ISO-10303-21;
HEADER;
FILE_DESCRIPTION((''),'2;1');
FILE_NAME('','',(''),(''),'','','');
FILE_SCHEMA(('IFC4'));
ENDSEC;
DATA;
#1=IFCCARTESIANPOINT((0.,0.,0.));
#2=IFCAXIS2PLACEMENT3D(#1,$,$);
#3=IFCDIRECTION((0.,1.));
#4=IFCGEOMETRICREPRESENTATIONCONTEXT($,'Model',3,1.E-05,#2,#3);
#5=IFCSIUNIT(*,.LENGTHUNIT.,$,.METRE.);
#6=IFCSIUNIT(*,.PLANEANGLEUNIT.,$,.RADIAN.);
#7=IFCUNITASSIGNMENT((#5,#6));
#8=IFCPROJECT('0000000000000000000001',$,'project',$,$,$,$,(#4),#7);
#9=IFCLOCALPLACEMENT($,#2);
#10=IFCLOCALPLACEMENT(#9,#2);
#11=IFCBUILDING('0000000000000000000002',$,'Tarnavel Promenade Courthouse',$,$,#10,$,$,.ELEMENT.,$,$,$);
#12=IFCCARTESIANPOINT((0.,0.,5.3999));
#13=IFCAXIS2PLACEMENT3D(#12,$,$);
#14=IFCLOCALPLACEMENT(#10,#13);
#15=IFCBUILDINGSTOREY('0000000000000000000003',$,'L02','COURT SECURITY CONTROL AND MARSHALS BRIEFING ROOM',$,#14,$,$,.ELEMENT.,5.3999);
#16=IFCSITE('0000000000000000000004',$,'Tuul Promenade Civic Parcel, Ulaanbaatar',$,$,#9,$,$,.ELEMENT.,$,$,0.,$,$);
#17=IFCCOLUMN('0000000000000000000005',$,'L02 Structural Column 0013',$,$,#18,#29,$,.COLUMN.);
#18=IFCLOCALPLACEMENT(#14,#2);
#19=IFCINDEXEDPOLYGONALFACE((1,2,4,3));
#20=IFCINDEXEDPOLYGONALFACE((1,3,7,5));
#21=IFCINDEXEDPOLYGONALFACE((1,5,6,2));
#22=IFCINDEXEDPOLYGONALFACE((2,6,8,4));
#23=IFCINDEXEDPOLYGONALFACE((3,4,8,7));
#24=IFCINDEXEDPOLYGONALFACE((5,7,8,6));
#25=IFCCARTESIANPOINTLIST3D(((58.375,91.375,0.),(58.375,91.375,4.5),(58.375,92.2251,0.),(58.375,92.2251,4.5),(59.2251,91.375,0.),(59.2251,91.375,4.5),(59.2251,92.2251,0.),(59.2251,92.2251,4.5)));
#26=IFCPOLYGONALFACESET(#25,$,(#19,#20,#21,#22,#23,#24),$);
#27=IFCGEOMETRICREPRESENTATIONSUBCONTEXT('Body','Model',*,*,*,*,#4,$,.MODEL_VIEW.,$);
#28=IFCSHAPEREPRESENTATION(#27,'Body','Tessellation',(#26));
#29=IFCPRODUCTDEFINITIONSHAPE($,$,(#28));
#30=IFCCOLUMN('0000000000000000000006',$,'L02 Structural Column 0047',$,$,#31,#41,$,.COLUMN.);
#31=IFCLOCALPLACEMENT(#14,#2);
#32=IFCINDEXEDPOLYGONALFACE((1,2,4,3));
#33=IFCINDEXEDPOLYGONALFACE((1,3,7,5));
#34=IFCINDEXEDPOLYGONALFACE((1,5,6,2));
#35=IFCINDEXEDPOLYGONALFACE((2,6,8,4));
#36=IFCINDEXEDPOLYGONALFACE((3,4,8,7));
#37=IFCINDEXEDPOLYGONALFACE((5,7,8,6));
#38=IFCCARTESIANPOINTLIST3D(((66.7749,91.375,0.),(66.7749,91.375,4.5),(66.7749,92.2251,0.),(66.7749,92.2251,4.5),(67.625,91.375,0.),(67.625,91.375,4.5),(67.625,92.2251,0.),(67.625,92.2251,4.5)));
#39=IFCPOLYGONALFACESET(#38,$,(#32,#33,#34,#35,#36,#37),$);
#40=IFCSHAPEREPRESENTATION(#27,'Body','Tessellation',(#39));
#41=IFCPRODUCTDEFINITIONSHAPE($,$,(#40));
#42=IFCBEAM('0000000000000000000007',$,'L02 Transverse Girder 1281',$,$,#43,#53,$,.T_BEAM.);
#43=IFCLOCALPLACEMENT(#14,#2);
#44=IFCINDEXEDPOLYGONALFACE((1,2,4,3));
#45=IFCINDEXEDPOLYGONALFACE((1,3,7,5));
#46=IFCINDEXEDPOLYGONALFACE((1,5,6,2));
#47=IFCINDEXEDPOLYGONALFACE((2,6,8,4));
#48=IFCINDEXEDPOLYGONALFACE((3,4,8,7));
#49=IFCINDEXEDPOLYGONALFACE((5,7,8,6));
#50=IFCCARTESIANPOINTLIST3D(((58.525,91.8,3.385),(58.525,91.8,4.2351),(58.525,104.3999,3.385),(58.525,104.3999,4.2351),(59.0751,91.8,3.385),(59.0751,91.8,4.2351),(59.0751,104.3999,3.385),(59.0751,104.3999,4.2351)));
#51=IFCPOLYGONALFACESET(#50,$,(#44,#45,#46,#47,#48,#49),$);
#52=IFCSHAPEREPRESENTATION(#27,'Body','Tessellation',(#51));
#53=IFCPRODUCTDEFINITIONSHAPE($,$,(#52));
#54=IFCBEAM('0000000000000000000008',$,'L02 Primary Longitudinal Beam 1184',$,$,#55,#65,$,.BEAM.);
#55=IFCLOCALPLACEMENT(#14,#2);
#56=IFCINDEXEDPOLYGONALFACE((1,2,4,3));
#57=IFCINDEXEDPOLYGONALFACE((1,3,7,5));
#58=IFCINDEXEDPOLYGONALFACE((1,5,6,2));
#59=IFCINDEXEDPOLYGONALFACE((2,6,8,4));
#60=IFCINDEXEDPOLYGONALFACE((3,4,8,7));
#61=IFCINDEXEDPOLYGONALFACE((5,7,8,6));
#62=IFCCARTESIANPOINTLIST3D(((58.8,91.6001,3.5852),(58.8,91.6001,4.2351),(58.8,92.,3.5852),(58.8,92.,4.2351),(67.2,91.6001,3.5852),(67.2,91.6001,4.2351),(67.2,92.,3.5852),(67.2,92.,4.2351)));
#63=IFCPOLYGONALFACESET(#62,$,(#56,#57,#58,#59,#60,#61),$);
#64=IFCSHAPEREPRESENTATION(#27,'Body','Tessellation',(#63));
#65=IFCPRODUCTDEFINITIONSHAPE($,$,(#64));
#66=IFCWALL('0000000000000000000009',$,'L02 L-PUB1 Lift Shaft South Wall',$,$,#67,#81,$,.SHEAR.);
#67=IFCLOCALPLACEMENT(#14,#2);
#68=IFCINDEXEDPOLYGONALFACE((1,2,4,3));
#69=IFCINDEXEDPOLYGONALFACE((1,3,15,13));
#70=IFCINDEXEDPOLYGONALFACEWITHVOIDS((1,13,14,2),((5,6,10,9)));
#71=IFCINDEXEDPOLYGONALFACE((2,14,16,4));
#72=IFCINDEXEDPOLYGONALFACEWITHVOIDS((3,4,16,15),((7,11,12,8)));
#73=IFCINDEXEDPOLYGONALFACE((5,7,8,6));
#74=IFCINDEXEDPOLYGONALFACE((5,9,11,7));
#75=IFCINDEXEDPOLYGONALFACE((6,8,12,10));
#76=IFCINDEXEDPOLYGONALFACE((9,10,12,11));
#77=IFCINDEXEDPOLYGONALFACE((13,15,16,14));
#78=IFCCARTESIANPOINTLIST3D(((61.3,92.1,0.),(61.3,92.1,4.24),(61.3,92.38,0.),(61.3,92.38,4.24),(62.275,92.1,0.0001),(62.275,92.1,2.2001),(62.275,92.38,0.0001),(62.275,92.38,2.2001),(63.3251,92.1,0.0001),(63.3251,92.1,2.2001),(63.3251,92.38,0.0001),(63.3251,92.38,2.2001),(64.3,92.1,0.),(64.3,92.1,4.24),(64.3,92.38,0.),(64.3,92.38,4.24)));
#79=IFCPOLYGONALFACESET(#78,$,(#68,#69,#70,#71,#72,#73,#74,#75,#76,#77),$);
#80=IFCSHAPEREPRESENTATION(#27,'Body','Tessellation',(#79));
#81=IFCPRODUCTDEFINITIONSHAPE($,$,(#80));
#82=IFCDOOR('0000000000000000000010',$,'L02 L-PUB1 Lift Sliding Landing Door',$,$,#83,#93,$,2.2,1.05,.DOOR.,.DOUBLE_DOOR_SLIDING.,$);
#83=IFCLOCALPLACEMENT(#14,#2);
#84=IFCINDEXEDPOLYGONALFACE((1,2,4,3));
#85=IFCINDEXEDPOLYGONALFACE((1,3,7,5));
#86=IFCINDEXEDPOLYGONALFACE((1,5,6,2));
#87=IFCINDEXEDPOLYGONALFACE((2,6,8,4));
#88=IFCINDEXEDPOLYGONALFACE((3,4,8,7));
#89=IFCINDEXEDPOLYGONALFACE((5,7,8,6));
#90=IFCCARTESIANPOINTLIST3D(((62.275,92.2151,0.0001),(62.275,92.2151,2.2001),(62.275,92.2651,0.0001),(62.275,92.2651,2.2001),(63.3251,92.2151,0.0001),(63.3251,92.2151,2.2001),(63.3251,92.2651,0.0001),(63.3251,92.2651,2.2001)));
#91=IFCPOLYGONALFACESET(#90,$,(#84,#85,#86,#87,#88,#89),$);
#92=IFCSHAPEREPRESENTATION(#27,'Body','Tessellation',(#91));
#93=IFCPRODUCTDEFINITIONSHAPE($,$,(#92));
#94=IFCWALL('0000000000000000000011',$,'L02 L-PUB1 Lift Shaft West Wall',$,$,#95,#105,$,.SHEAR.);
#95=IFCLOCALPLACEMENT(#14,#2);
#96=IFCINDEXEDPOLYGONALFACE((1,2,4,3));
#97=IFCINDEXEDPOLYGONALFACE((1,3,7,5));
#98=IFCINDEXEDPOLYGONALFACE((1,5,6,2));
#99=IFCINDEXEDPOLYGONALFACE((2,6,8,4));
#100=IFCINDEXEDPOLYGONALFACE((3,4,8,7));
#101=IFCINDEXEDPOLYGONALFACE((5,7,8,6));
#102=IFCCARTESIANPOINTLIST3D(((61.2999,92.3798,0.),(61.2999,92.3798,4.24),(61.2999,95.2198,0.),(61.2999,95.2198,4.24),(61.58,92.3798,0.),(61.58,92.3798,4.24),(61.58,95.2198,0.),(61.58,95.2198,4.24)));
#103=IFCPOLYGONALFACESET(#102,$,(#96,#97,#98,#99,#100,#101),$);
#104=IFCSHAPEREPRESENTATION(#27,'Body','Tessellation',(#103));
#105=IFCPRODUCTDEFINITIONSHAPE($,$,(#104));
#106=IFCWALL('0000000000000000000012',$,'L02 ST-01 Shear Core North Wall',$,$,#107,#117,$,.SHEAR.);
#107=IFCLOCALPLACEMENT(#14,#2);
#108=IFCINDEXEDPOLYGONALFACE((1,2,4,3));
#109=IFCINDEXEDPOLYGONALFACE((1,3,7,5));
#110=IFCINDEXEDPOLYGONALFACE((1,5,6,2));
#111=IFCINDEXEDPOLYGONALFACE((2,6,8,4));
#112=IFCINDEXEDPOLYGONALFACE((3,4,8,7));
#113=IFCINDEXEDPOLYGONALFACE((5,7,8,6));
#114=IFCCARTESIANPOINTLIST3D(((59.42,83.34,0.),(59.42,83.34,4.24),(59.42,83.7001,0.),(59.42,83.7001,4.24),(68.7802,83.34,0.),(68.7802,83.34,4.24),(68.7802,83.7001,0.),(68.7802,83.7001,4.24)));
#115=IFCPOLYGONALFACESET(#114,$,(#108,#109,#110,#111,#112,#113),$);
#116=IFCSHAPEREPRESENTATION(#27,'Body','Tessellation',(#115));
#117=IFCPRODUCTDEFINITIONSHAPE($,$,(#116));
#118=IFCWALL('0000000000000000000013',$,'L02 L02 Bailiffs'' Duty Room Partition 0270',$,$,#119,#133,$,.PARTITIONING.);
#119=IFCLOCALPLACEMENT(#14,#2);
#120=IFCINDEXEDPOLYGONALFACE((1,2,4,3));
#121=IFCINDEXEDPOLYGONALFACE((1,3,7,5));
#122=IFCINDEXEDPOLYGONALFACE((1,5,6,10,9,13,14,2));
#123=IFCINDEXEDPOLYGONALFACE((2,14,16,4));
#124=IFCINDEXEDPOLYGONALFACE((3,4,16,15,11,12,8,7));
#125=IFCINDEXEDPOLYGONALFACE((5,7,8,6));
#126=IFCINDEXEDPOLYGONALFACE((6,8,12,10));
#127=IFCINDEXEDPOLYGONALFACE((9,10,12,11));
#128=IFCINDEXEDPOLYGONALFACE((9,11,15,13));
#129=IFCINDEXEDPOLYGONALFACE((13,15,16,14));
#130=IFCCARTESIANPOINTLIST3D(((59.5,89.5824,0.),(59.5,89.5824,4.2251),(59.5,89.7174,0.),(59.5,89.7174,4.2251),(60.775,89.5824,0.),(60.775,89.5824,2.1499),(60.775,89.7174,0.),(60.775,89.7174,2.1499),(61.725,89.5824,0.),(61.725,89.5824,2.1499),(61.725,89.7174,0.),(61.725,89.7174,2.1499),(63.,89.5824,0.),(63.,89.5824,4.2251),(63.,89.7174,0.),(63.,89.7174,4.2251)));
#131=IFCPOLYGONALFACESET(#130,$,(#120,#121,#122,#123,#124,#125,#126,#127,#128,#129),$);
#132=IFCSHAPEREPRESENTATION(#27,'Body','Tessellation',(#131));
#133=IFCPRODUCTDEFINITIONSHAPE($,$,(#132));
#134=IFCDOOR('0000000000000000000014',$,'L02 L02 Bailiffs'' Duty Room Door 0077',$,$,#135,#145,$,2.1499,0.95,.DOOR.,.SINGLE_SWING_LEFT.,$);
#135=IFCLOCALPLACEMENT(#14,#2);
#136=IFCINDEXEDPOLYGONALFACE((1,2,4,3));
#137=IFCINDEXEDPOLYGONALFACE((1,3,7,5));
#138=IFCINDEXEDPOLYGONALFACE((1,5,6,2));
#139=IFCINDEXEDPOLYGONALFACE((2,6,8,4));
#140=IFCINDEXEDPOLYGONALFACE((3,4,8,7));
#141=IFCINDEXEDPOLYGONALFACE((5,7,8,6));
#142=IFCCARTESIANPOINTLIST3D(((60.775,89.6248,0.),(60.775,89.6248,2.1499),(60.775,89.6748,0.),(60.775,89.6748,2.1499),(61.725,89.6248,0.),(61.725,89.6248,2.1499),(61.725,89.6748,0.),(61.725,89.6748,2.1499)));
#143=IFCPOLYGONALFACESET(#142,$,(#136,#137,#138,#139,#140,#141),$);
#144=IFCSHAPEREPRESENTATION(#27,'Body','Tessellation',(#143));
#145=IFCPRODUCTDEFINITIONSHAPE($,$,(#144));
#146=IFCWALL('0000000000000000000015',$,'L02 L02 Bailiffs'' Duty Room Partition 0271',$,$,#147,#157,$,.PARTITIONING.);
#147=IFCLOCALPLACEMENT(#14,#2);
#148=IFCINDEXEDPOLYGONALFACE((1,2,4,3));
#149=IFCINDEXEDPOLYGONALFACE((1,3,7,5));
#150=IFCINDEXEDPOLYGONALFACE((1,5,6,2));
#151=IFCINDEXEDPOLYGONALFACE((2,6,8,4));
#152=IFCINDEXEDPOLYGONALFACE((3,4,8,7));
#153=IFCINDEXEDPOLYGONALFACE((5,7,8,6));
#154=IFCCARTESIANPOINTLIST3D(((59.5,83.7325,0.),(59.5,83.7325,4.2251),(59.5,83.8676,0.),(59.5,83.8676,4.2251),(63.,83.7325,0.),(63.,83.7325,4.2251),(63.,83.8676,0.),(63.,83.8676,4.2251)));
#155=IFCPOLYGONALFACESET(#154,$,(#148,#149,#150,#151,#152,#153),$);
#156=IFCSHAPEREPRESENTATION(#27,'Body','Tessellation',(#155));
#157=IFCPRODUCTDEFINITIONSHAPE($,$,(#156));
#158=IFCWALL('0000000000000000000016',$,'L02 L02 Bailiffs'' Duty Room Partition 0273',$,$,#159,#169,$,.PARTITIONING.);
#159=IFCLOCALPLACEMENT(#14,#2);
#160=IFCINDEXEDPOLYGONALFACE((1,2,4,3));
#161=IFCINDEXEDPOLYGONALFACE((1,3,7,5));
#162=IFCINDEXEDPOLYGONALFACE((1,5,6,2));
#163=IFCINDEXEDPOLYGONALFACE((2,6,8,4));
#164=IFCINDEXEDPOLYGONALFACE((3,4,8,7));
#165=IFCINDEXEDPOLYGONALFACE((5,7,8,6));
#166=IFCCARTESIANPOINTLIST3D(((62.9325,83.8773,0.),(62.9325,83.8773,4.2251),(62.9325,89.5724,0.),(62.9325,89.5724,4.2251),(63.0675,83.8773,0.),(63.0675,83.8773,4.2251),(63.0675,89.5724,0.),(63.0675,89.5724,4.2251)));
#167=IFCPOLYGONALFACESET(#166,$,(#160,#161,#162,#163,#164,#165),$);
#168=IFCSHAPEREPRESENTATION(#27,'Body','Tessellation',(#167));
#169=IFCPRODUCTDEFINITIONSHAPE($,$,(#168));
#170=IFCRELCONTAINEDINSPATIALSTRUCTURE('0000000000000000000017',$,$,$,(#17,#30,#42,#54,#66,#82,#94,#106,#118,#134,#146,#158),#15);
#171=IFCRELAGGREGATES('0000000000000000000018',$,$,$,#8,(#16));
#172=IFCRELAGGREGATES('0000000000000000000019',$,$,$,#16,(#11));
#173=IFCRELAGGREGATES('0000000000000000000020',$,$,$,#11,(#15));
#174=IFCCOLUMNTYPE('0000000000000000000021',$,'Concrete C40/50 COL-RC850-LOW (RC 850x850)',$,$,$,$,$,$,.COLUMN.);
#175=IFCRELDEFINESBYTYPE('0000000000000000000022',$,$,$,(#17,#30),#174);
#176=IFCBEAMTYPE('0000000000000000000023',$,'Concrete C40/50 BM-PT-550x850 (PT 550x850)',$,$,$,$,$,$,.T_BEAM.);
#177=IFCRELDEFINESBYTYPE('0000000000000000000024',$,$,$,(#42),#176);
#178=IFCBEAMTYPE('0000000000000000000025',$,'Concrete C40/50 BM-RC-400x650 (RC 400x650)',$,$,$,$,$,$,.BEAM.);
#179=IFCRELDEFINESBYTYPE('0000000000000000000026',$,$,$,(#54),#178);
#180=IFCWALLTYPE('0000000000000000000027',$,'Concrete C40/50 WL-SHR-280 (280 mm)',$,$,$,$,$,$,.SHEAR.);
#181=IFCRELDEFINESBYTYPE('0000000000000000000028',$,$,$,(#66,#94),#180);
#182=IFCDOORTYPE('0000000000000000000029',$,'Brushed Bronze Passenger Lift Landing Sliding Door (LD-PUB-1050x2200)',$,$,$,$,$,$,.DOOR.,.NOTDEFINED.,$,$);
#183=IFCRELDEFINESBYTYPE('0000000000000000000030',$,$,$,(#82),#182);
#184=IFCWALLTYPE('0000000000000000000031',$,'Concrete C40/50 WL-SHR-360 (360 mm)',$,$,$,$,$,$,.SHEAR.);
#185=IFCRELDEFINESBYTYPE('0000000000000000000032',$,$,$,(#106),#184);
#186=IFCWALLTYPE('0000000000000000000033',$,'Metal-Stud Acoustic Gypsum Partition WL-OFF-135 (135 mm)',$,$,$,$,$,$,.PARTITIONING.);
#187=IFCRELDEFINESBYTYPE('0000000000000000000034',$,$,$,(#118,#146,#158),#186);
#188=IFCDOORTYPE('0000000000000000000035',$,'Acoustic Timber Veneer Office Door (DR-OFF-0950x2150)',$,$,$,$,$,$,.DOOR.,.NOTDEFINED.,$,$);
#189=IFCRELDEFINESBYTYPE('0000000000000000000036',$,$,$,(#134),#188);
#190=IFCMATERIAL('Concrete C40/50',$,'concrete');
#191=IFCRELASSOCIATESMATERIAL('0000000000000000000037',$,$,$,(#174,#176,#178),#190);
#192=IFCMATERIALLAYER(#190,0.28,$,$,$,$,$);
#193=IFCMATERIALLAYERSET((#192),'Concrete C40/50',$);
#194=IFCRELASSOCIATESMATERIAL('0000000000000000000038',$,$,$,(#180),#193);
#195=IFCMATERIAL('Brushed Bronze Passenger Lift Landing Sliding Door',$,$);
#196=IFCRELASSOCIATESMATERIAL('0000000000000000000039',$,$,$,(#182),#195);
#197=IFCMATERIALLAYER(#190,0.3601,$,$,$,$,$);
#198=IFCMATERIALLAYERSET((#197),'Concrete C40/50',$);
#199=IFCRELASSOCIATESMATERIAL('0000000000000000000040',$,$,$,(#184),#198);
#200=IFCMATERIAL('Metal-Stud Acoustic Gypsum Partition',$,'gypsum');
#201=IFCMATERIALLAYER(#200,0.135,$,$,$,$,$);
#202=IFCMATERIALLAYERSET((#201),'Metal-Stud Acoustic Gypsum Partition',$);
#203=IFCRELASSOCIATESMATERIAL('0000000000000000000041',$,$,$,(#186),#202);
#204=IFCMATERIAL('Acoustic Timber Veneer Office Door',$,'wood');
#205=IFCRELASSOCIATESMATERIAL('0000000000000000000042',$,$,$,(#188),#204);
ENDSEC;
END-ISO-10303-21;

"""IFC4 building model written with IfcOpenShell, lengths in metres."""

from ifc_helpers import new_model, si_unit, direction, frame, frame_2d, origin, origin_2d, place, context, subcontext, project, spatial, rectangle, extrude, material, layer, layer_set, material_profile, profile_set, type_object, element, fill, save


model = new_model("IFC4")

# Units and contexts
model_context = context("Model", 3, precision=1e-05, world=origin(), true_north=direction((0.0, 1.0)))
body_context = subcontext(model_context, "Body", "Model", "MODEL_VIEW")
ifc_project = project(units=[si_unit("LENGTHUNIT", "METRE"), si_unit("PLANEANGLEUNIT", "RADIAN")], contexts=[model_context])

# Site, building, storey
site_placement = place(None, origin())
site = spatial("IfcSite", under=ifc_project, at=site_placement, Name="Tuul Promenade Civic Parcel, Ulaanbaatar", CompositionType="ELEMENT", RefElevation=0.0)
building_placement = place(site_placement, origin())
building = spatial("IfcBuilding", under=site, at=building_placement, Name="Tarnavel Promenade Courthouse", CompositionType="ELEMENT")
storey_placement = place(building_placement, frame((0.0, 0.0, 5.3999)))
storey = spatial("IfcBuildingStorey", under=building, at=storey_placement, Name="L02", Description="COURT SECURITY CONTROL AND MARSHALS BRIEFING ROOM", CompositionType="ELEMENT", Elevation=5.3999)

# Columns
ifc_material_1 = material(Name="Concrete C40/50", Category="concrete")
ifc_material_profile_1 = material_profile(ifc_material_1, rectangle(XDim=0.8501, YDim=0.8501, at=origin_2d()), Name="RC 850x850")
ifc_profile_set_1 = profile_set([ifc_material_profile_1], Name="Concrete C40/50")
column_type = type_object("IfcColumnType", Name="Concrete C40/50 COL-RC850-LOW (RC 850x850)", PredefinedType="COLUMN", material=ifc_profile_set_1)
for number, where, z_axis, x_axis, name in (
    (1, (58.8, 91.8, 0.0), (0.0, 0.0, 1.0), (1.0, 0.0, 0.0), "L02 Structural Column 0013"),
    (2, (67.2, 91.8, 0.0), (0.0, 0.0, 1.0), (1.0, 0.0, 0.0), "L02 Structural Column 0047"),
):
    element("IfcColumn", number, at=place(storey_placement, frame(where, z_axis=z_axis, x_axis=x_axis)), inside=storey, type_object=column_type, Name=name, PredefinedType="COLUMN", context=body_context, shape_type="SweptSolid", body=[
        extrude(rectangle(XDim=0.8501, YDim=0.8501, at=origin_2d()), origin(), (0.0, 0.0, 1.0), 4.5),
    ])

# Beams
ifc_material_profile_2 = material_profile(ifc_material_1, rectangle(XDim=0.55, YDim=0.8501, at=origin_2d()), Name="PT 550x850")
ifc_profile_set_2 = profile_set([ifc_material_profile_2], Name="Concrete C40/50")
beam_type_1 = type_object("IfcBeamType", Name="Concrete C40/50 BM-PT-550x850 (PT 550x850)", PredefinedType="T_BEAM", material=ifc_profile_set_2)
beam_1_placement = place(storey_placement, frame((58.8, 91.8, 3.8101), z_axis=(0.0, 1.0, 0.0), x_axis=(-1.0, 0.0, 0.0)))
element("IfcBeam", 3, at=beam_1_placement, inside=storey, type_object=beam_type_1, Name="L02 Transverse Girder 1281", PredefinedType="T_BEAM", context=body_context, shape_type="SweptSolid", body=[
    extrude(rectangle(XDim=0.55, YDim=0.8501, at=origin_2d()), origin(), (0.0, 0.0, 1.0), 12.5999),
])
ifc_material_profile_3 = material_profile(ifc_material_1, rectangle(XDim=0.3999, YDim=0.6499, at=origin_2d()), Name="RC 400x650")
ifc_profile_set_3 = profile_set([ifc_material_profile_3], Name="Concrete C40/50")
beam_type_2 = type_object("IfcBeamType", Name="Concrete C40/50 BM-RC-400x650 (RC 400x650)", PredefinedType="BEAM", material=ifc_profile_set_3)
beam_2_placement = place(storey_placement, frame((58.8, 91.8, 3.9102), z_axis=(1.0, 0.0, 0.0), x_axis=(0.0, 1.0, 0.0)))
element("IfcBeam", 4, at=beam_2_placement, inside=storey, type_object=beam_type_2, Name="L02 Primary Longitudinal Beam 1184", PredefinedType="BEAM", context=body_context, shape_type="SweptSolid", body=[
    extrude(rectangle(XDim=0.3999, YDim=0.6499, at=origin_2d()), origin(), (0.0, 0.0, 1.0), 8.3999),
])

# Wall, opening, door
ifc_layer_1 = layer(ifc_material_1, 0.28)
ifc_layer_set_1 = layer_set([ifc_layer_1], Name="Concrete C40/50")
wall_type_1 = type_object("IfcWallType", Name="Concrete C40/50 WL-SHR-280 (280 mm)", PredefinedType="SHEAR", material=ifc_layer_set_1)
wall_1_placement = place(storey_placement, frame((64.3, 92.24, 0.0), z_axis=(0.0, 0.0, 1.0), x_axis=(-1.0, 0.0, 0.0)))
wall_1 = element("IfcWall", 5, at=wall_1_placement, inside=storey, type_object=wall_type_1, Name="L02 L-PUB1 Lift Shaft South Wall", PredefinedType="SHEAR", context=body_context, shape_type="SweptSolid", body=[
    extrude(rectangle(XDim=3.0, YDim=0.28, at=frame_2d((1.5, 0.0))), origin(), (0.0, 0.0, 1.0), 4.24),
])
opening_1_placement = place(wall_1_placement, frame((0.9751, 0.0, 0.0)))
opening_1 = element("IfcOpeningElement", 6, at=opening_1_placement, cuts=wall_1, PredefinedType="OPENING", context=body_context, shape_type="SweptSolid", body=[
    extrude(rectangle(XDim=1.05, YDim=2.2, at=frame_2d((0.5249, 1.1001))), frame((0.0, 0.1499, 0.0), z_axis=(0.0, -1.0, 0.0), x_axis=(1.0, 0.0, 0.0)), (0.0, 0.0, 1.0), 0.3),
])
ifc_material_2 = material(Name="Brushed Bronze Passenger Lift Landing Sliding Door")
door_type_1 = type_object("IfcDoorType", Name="Brushed Bronze Passenger Lift Landing Sliding Door (LD-PUB-1050x2200)", OperationType="NOTDEFINED", PredefinedType="DOOR", material=ifc_material_2)
door_1_placement = place(opening_1_placement, origin())
door_1 = element("IfcDoor", 7, at=door_1_placement, inside=storey, type_object=door_type_1, Name="L02 L-PUB1 Lift Sliding Landing Door", OperationType="DOUBLE_DOOR_SLIDING", OverallHeight=2.2, OverallWidth=1.05, PredefinedType="DOOR", context=body_context, shape_type="SweptSolid", body=[
    extrude(rectangle(XDim=1.05, YDim=2.2, at=frame_2d((0.5249, 1.1001))), frame((0.0, 0.0249, 0.0), z_axis=(0.0, -1.0, 0.0), x_axis=(1.0, 0.0, 0.0)), (0.0, 0.0, 1.0), 0.05),
])
fill(opening_1, door_1)

# Walls
wall_2_placement = place(storey_placement, frame((61.4399, 92.3799, 0.0), z_axis=(0.0, 0.0, 1.0), x_axis=(0.0, 1.0, 0.0)))
element("IfcWall", 8, at=wall_2_placement, inside=storey, type_object=wall_type_1, Name="L02 L-PUB1 Lift Shaft West Wall", PredefinedType="SHEAR", context=body_context, shape_type="SweptSolid", body=[
    extrude(rectangle(XDim=2.8401, YDim=0.28, at=frame_2d((1.4199, 0.0))), origin(), (0.0, 0.0, 1.0), 4.24),
])
ifc_layer_2 = layer(ifc_material_1, 0.3601)
ifc_layer_set_2 = layer_set([ifc_layer_2], Name="Concrete C40/50")
wall_type_2 = type_object("IfcWallType", Name="Concrete C40/50 WL-SHR-360 (360 mm)", PredefinedType="SHEAR", material=ifc_layer_set_2)
wall_3_placement = place(storey_placement, frame((59.4199, 83.52, 0.0), z_axis=(0.0, 0.0, 1.0), x_axis=(1.0, 0.0, 0.0)))
element("IfcWall", 9, at=wall_3_placement, inside=storey, type_object=wall_type_2, Name="L02 ST-01 Shear Core North Wall", PredefinedType="SHEAR", context=body_context, shape_type="SweptSolid", body=[
    extrude(rectangle(XDim=9.3601, YDim=0.3601, at=frame_2d((4.6802, 0.0))), origin(), (0.0, 0.0, 1.0), 4.24),
])

# Wall, opening, door
ifc_material_3 = material(Name="Metal-Stud Acoustic Gypsum Partition", Category="gypsum")
ifc_layer_3 = layer(ifc_material_3, 0.135)
ifc_layer_set_3 = layer_set([ifc_layer_3], Name="Metal-Stud Acoustic Gypsum Partition")
wall_type_3 = type_object("IfcWallType", Name="Metal-Stud Acoustic Gypsum Partition WL-OFF-135 (135 mm)", PredefinedType="PARTITIONING", material=ifc_layer_set_3)
wall_4_placement = place(storey_placement, frame((59.5, 89.6499, 0.0), z_axis=(0.0, 0.0, 1.0), x_axis=(1.0, 0.0, 0.0)))
wall_4 = element("IfcWall", 10, at=wall_4_placement, inside=storey, type_object=wall_type_3, Name="L02 L02 Bailiffs' Duty Room Partition 0270", PredefinedType="PARTITIONING", context=body_context, shape_type="SweptSolid", body=[
    extrude(rectangle(XDim=3.5, YDim=0.135, at=frame_2d((1.75, 0.0))), origin(), (0.0, 0.0, 1.0), 4.2251),
])
opening_2_placement = place(wall_4_placement, frame((1.2749, 0.0, 0.0)))
opening_2 = element("IfcOpeningElement", 11, at=opening_2_placement, cuts=wall_4, PredefinedType="OPENING", context=body_context, shape_type="SweptSolid", body=[
    extrude(rectangle(XDim=0.95, YDim=2.1499, at=frame_2d((0.4751, 1.075))), frame((0.0, 0.0774, 0.0), z_axis=(0.0, -1.0, 0.0), x_axis=(1.0, 0.0, 0.0)), (0.0, 0.0, 1.0), 0.155),
])
ifc_material_4 = material(Name="Acoustic Timber Veneer Office Door", Category="wood")
door_type_2 = type_object("IfcDoorType", Name="Acoustic Timber Veneer Office Door (DR-OFF-0950x2150)", OperationType="NOTDEFINED", PredefinedType="DOOR", material=ifc_material_4)
door_2_placement = place(opening_2_placement, origin())
door_2 = element("IfcDoor", 12, at=door_2_placement, inside=storey, type_object=door_type_2, Name="L02 L02 Bailiffs' Duty Room Door 0077", OperationType="SINGLE_SWING_LEFT", OverallHeight=2.1499, OverallWidth=0.95, PredefinedType="DOOR", context=body_context, shape_type="SweptSolid", body=[
    extrude(rectangle(XDim=0.95, YDim=2.1499, at=frame_2d((0.4751, 1.075))), frame((0.0, 0.0249, 0.0), z_axis=(0.0, -1.0, 0.0), x_axis=(1.0, 0.0, 0.0)), (0.0, 0.0, 1.0), 0.05),
])
fill(opening_2, door_2)

# Walls
wall_5_placement = place(storey_placement, frame((63.0, 83.8, 0.0), z_axis=(0.0, 0.0, 1.0), x_axis=(-1.0, 0.0, 0.0)))
element("IfcWall", 13, at=wall_5_placement, inside=storey, type_object=wall_type_3, Name="L02 L02 Bailiffs' Duty Room Partition 0271", PredefinedType="PARTITIONING", context=body_context, shape_type="SweptSolid", body=[
    extrude(rectangle(XDim=3.5, YDim=0.135, at=frame_2d((1.75, 0.0))), origin(), (0.0, 0.0, 1.0), 4.2251),
])
for number, where, z_axis, x_axis, name in (
    (14, (63.0, 89.5725, 0.0), (0.0, 0.0, 1.0), (0.0, -1.0, 0.0), "L02 L02 Bailiffs' Duty Room Partition 0273"),
):
    element("IfcWall", number, at=place(storey_placement, frame(where, z_axis=z_axis, x_axis=x_axis)), inside=storey, type_object=wall_type_3, Name=name, PredefinedType="PARTITIONING", context=body_context, shape_type="SweptSolid", body=[
        extrude(rectangle(XDim=5.6951, YDim=0.135, at=frame_2d((2.8477, 0.0))), origin(), (0.0, 0.0, 1.0), 4.2251),
    ])

save(model, "model.ifc")
